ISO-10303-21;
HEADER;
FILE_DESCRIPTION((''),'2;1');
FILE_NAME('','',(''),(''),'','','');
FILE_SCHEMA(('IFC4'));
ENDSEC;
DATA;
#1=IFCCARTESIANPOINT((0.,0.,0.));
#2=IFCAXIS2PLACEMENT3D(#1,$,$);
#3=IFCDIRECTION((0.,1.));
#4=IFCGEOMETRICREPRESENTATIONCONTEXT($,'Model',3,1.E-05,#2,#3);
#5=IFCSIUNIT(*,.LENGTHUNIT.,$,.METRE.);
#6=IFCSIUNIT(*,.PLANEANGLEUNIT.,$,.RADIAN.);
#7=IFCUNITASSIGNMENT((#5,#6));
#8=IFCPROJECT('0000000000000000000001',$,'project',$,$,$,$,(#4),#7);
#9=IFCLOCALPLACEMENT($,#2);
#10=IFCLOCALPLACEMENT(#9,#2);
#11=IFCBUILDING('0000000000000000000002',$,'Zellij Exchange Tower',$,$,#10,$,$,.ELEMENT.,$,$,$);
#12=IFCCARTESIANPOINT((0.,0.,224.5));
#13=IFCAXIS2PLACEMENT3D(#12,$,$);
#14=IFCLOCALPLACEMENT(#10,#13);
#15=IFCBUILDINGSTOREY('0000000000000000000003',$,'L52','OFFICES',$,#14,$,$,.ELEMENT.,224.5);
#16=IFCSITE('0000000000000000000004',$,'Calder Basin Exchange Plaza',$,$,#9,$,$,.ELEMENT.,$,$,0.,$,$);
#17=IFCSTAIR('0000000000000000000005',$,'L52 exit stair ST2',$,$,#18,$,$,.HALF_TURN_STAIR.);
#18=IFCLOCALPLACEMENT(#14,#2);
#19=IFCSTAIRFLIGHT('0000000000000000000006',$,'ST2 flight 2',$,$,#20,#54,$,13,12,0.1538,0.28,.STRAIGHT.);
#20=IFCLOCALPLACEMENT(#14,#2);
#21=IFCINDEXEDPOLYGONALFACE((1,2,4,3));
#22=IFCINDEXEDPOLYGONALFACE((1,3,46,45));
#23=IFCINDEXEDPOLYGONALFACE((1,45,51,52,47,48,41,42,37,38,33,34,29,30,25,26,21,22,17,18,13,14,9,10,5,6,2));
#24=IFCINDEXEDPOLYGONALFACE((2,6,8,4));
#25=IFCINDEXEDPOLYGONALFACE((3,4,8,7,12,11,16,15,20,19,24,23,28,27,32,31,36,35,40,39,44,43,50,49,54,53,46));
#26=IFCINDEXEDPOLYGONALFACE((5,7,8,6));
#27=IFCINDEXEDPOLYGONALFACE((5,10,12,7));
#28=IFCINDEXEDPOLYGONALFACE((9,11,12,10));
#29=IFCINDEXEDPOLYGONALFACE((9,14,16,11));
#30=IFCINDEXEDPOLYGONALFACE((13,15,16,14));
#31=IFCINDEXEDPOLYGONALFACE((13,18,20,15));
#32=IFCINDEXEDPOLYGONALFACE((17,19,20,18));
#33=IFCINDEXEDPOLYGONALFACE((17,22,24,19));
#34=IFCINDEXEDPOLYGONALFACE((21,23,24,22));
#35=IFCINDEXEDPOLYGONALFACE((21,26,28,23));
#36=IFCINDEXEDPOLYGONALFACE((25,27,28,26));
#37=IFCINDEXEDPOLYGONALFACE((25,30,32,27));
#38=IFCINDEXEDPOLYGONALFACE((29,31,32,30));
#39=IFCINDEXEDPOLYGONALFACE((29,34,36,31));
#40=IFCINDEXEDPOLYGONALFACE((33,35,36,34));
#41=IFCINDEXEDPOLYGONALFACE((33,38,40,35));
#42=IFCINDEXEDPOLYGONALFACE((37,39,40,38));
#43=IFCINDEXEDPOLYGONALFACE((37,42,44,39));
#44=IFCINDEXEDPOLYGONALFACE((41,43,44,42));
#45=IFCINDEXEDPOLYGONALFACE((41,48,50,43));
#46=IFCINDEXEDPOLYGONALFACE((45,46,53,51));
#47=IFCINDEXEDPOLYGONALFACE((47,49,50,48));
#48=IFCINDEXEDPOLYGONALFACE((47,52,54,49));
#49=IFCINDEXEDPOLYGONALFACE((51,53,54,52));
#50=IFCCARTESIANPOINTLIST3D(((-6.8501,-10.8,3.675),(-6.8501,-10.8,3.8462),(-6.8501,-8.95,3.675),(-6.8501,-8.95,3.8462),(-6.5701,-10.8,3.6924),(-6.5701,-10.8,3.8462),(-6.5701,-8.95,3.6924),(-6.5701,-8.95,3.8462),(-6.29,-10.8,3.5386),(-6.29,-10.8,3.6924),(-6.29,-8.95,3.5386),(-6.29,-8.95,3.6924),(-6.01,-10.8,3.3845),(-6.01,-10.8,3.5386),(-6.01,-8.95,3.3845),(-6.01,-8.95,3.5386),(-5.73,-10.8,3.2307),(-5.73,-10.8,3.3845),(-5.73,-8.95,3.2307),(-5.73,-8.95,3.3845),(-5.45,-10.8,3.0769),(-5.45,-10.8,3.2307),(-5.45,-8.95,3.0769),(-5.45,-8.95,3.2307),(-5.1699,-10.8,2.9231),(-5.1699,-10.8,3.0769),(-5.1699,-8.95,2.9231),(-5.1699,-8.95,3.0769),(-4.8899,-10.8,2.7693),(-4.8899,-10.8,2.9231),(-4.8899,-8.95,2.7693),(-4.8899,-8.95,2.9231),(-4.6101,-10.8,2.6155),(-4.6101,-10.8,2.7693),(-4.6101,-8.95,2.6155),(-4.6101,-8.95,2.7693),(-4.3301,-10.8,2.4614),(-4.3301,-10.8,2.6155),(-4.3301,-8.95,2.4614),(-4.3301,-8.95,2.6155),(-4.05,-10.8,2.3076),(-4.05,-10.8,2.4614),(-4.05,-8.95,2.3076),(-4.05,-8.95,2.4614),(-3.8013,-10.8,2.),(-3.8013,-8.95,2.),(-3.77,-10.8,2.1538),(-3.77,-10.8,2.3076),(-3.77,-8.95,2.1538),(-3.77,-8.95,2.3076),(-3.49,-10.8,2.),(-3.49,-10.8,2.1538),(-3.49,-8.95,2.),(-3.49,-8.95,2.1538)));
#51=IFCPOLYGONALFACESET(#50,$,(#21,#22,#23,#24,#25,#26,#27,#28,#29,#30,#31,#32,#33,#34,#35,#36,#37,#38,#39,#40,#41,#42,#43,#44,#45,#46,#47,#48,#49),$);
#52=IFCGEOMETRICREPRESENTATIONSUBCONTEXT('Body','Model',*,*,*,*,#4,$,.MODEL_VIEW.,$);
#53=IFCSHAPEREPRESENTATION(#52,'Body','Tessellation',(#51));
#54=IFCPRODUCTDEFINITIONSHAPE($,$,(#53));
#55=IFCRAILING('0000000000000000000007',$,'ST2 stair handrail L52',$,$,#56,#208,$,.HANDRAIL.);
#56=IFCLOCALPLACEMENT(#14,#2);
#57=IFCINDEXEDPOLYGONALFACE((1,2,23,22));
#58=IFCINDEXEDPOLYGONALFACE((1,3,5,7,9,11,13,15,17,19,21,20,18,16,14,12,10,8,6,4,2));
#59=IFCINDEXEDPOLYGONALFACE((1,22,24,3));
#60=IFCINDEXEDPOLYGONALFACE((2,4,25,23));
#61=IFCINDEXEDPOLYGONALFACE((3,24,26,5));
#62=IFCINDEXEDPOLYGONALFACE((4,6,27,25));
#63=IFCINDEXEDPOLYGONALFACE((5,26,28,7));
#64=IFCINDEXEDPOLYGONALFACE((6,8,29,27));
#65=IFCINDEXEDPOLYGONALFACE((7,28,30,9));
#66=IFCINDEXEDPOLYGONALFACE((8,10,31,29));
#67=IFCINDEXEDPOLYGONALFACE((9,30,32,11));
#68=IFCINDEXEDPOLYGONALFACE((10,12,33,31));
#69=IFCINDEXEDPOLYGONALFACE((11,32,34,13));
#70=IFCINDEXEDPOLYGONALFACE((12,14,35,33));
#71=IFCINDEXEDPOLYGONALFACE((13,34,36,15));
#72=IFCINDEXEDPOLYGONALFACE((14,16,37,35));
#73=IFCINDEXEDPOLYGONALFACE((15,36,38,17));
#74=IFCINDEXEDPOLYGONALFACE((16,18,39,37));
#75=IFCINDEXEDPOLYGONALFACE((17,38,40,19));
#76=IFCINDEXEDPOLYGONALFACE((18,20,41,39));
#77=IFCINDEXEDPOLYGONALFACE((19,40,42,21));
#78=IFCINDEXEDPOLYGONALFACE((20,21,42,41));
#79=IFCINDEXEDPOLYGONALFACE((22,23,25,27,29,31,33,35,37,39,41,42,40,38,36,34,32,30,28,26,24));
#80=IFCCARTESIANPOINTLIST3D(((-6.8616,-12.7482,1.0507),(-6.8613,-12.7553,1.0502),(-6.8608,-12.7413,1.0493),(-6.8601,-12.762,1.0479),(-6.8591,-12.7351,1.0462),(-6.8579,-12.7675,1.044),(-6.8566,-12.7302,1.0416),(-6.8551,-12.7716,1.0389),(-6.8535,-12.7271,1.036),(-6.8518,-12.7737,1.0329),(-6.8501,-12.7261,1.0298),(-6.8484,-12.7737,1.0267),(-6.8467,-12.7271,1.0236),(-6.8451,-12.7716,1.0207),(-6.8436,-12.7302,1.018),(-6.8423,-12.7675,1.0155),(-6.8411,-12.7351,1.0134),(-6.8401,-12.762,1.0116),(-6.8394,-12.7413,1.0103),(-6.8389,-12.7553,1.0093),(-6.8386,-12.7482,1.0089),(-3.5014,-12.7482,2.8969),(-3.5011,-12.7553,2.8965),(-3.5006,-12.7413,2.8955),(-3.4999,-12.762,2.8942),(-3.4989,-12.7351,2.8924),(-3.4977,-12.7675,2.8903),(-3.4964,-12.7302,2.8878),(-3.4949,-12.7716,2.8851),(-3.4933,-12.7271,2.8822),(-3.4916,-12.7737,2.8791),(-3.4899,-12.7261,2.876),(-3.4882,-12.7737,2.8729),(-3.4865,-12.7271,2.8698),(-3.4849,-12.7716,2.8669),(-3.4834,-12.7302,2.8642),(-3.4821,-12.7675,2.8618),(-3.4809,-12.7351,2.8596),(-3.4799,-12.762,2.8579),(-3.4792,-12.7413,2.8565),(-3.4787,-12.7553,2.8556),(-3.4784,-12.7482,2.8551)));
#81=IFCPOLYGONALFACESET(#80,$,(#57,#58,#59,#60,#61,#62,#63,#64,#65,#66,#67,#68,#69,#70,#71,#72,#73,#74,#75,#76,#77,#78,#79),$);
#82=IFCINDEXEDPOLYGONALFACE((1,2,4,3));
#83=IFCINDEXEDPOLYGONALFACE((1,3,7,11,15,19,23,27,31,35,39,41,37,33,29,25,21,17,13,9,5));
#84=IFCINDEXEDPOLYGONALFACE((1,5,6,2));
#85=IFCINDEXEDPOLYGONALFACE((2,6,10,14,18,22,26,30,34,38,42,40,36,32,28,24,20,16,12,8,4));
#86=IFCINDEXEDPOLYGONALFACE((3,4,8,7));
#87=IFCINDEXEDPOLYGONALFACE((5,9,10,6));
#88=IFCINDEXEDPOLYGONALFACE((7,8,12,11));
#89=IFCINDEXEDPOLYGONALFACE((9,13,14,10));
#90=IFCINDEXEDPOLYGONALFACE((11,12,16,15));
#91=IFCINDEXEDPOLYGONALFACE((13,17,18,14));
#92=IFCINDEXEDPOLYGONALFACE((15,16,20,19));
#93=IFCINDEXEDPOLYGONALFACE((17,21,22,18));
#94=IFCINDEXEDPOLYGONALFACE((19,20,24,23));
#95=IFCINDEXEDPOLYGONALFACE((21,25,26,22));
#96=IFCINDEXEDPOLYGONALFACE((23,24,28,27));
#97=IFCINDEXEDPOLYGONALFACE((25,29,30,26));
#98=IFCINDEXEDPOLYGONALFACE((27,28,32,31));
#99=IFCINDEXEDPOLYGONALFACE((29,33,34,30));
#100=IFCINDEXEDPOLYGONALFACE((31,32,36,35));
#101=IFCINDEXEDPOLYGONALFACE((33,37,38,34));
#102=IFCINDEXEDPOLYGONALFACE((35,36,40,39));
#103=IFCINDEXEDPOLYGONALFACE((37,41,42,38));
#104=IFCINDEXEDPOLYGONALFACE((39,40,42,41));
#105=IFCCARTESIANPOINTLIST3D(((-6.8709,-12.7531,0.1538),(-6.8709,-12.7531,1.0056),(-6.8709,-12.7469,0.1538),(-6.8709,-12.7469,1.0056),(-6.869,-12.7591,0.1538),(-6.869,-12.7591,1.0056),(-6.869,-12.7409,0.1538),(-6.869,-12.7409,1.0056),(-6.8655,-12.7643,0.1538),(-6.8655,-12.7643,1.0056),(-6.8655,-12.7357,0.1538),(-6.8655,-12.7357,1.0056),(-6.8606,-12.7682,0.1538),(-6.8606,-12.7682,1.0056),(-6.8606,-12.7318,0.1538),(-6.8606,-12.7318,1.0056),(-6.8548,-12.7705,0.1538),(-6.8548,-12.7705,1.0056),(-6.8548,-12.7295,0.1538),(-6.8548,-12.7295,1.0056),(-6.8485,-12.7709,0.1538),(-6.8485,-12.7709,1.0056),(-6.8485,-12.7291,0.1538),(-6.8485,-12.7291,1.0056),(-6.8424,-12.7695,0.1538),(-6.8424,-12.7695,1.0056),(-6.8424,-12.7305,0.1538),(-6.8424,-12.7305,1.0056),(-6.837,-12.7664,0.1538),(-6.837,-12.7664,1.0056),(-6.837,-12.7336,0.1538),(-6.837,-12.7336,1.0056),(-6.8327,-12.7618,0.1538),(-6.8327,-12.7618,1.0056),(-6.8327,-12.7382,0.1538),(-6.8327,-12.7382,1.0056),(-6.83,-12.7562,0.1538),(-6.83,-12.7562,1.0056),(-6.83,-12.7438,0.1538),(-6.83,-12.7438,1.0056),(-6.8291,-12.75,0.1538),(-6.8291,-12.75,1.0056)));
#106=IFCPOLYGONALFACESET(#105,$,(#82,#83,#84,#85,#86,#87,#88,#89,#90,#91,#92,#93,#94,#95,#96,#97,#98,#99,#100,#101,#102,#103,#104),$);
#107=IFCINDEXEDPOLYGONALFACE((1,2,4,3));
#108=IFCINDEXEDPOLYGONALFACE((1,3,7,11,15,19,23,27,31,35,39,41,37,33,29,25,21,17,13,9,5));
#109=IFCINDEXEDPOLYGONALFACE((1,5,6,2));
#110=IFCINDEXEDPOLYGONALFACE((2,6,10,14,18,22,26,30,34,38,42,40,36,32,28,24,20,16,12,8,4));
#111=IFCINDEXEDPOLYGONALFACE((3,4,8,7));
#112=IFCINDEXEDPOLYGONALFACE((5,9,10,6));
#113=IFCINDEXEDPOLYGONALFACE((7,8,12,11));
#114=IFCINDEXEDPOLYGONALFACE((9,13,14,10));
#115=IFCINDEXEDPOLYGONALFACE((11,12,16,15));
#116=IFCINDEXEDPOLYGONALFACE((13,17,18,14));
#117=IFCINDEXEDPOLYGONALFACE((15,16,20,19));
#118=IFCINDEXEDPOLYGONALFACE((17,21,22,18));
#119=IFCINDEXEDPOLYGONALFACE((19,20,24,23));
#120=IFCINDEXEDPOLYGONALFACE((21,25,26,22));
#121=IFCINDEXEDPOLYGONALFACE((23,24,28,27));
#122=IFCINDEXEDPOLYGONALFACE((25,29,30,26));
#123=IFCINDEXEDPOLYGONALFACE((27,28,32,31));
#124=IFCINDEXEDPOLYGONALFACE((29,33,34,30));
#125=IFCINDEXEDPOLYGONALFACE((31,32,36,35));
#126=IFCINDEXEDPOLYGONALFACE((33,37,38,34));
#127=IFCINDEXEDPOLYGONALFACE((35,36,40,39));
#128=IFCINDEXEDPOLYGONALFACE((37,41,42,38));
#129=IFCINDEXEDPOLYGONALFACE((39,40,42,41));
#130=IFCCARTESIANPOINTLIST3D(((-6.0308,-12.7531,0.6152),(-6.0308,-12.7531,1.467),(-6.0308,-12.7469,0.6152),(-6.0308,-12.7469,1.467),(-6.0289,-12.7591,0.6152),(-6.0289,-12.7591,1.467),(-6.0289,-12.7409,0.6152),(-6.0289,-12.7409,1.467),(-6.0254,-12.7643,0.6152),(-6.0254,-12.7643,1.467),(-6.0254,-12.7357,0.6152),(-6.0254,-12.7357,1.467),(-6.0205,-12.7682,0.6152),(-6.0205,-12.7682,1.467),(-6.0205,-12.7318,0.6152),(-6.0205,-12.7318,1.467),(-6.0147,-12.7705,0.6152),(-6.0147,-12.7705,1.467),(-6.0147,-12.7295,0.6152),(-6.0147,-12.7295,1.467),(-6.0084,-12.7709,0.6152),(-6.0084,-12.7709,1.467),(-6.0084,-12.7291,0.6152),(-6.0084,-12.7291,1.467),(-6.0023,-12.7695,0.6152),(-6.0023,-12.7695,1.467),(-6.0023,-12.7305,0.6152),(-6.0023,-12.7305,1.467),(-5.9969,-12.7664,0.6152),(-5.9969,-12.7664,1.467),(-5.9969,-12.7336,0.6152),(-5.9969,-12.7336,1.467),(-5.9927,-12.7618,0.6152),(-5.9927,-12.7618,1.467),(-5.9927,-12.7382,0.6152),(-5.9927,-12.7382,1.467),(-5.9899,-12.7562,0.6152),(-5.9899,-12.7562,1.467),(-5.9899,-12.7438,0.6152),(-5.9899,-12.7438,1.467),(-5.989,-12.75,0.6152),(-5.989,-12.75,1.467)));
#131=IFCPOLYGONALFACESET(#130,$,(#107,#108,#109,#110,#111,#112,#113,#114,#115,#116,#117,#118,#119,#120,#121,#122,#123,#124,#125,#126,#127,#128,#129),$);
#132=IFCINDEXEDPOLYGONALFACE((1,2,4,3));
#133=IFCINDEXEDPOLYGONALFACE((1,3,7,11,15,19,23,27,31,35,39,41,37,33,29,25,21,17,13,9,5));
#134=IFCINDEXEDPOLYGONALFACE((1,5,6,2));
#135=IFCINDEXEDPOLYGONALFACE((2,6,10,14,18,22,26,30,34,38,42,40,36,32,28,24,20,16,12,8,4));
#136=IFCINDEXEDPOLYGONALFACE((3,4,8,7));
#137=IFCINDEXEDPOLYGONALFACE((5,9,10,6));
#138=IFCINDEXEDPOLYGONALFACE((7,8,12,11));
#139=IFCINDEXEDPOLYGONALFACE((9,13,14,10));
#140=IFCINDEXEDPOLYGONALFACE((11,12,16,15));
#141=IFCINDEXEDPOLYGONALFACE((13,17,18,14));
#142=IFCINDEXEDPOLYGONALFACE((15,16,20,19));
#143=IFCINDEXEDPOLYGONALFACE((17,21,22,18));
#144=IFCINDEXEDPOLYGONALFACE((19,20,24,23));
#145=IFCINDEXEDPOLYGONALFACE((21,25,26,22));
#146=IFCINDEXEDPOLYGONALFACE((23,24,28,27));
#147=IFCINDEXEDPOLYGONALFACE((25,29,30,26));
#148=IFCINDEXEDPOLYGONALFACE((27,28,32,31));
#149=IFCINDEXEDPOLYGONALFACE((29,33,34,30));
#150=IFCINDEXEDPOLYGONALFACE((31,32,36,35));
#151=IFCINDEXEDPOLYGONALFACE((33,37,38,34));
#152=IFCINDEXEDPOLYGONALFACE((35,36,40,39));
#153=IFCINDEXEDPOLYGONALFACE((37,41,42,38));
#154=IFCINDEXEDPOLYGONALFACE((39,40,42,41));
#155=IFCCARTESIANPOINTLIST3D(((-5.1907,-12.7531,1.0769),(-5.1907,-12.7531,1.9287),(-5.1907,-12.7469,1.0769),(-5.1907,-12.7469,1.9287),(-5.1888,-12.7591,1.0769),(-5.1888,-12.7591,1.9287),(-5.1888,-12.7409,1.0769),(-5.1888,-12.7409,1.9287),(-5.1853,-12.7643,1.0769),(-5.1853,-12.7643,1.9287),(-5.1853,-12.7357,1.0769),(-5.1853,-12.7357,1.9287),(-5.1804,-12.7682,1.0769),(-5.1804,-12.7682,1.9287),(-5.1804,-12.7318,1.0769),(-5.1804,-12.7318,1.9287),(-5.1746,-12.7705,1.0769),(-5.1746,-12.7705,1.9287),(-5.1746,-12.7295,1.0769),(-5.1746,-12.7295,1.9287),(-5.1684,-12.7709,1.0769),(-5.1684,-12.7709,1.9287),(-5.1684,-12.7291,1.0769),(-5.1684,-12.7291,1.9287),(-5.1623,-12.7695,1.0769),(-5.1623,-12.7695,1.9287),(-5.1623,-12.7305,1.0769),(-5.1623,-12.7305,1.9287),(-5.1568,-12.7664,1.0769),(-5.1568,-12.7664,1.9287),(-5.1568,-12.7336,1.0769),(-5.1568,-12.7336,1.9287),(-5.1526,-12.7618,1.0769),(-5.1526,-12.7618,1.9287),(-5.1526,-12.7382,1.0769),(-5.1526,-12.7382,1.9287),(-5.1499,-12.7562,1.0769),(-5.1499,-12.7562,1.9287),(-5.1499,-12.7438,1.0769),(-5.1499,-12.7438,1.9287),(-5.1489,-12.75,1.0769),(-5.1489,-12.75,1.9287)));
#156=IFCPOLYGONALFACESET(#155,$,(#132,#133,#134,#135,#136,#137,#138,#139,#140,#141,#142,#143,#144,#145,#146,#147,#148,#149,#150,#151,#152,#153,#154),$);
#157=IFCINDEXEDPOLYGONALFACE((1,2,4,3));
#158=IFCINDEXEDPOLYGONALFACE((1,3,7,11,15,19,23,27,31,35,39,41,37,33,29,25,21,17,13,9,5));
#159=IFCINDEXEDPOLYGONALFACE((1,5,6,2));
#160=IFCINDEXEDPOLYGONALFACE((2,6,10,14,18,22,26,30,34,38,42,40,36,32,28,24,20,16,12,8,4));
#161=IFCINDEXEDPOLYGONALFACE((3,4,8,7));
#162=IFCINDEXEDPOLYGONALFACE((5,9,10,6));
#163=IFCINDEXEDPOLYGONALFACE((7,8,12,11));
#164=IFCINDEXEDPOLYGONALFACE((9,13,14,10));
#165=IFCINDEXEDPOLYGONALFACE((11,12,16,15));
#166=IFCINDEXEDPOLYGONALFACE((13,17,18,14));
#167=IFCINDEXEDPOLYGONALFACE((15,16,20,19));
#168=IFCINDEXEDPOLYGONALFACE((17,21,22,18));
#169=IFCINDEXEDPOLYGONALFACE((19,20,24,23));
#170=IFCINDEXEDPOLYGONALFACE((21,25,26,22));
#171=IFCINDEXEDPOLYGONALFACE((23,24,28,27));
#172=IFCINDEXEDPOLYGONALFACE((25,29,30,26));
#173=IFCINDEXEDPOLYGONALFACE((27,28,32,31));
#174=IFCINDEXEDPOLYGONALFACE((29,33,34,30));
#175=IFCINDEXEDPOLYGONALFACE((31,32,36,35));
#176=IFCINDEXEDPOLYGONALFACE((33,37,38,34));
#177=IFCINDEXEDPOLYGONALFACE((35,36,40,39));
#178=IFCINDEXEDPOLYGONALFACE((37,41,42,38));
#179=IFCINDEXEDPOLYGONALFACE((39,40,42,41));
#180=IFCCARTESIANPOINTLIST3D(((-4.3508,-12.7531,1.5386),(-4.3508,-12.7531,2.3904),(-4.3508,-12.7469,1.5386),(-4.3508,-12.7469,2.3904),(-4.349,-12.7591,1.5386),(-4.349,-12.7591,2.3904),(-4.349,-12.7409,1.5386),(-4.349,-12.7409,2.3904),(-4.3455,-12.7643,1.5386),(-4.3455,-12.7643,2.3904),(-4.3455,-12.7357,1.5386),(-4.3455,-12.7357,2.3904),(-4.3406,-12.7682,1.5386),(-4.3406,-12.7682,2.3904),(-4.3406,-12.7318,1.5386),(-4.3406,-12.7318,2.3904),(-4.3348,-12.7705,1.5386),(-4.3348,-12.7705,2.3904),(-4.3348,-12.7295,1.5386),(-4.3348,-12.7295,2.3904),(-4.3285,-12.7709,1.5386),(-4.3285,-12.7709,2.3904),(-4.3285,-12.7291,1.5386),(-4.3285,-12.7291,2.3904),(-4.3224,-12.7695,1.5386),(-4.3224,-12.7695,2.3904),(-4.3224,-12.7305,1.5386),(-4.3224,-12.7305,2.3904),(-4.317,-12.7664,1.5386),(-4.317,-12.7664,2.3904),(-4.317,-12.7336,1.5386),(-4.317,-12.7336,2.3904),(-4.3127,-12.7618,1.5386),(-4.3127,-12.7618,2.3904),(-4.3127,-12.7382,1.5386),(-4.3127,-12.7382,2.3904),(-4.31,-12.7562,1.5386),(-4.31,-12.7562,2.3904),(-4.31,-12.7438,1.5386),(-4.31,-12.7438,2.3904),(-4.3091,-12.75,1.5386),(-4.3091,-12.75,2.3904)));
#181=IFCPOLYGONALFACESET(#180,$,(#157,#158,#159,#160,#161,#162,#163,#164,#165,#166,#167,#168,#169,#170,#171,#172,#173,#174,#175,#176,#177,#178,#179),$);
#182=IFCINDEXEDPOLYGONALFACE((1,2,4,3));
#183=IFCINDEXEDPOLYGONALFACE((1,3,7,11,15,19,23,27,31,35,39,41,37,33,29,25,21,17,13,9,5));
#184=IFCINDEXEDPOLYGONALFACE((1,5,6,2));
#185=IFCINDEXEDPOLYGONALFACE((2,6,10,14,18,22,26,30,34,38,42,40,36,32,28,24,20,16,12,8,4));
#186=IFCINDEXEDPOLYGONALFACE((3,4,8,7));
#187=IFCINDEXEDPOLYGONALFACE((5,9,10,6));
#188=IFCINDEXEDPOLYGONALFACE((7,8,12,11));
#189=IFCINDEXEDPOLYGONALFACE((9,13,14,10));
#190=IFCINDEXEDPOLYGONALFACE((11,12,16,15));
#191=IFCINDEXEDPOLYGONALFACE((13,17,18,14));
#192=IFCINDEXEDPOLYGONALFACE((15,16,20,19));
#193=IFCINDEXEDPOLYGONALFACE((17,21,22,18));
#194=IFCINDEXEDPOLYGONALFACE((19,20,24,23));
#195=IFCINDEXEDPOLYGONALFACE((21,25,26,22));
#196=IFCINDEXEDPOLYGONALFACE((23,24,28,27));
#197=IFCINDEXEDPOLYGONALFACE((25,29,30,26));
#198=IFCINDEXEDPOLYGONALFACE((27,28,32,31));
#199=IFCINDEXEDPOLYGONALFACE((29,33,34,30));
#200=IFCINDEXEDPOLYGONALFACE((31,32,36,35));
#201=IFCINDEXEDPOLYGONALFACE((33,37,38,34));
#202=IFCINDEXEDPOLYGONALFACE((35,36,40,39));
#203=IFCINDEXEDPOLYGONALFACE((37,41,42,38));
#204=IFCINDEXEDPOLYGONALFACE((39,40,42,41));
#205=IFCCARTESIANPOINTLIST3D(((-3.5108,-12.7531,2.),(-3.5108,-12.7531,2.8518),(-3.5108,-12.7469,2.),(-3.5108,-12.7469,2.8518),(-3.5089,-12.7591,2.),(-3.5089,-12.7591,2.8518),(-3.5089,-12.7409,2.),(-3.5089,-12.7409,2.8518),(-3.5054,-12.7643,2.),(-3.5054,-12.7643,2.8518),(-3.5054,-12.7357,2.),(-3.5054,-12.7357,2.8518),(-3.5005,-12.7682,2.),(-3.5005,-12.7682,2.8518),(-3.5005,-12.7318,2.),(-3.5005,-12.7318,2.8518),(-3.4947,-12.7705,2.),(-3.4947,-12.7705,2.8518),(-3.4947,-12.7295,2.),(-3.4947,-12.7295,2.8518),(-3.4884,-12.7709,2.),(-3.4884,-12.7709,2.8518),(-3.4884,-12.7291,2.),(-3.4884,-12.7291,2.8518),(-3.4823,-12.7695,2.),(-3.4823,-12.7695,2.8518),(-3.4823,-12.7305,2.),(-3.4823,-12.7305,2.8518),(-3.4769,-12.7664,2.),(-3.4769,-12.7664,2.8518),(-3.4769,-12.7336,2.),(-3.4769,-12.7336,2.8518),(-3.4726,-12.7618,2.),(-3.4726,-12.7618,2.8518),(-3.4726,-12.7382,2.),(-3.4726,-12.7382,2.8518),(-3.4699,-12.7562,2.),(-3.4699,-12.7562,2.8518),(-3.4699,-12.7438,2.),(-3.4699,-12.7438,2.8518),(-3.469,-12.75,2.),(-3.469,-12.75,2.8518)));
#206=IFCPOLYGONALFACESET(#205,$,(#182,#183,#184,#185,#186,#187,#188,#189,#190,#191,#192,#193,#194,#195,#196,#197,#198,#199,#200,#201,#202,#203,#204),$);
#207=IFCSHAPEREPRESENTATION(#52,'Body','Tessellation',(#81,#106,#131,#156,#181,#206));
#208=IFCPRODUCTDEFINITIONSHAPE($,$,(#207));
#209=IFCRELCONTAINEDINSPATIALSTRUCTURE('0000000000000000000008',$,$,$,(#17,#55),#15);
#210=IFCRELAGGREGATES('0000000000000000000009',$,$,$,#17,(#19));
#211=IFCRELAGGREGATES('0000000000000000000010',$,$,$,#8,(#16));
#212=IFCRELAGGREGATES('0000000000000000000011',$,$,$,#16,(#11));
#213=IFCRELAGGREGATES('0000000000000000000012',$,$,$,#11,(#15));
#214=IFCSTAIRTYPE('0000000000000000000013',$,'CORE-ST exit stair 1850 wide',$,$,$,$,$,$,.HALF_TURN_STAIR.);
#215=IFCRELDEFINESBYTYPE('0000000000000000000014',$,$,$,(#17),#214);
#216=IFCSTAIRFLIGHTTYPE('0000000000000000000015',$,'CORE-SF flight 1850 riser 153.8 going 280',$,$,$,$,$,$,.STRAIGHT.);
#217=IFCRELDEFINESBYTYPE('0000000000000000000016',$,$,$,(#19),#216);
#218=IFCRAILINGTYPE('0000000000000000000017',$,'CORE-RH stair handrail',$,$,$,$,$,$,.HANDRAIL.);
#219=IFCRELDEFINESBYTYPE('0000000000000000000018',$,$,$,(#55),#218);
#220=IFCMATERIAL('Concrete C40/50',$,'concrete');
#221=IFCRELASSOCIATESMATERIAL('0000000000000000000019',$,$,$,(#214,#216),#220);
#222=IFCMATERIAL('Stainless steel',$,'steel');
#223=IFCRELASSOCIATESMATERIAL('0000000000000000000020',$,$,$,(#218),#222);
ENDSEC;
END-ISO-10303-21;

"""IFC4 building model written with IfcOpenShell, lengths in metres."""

from ifc_helpers import new_model, si_unit, direction, frame, origin, origin_2d, place, context, subcontext, project, spatial, polyline, circle, outline, extrude, material, type_object, element, aggregate, save


model = new_model("IFC4")

# Units and contexts
model_context = context("Model", 3, precision=1e-05, world=origin(), true_north=direction((0.0, 1.0)))
body_context = subcontext(model_context, "Body", "Model", "MODEL_VIEW")
ifc_project = project(units=[si_unit("LENGTHUNIT", "METRE"), si_unit("PLANEANGLEUNIT", "RADIAN")], contexts=[model_context])

# Site, building, storey
site_placement = place(None, origin())
site = spatial("IfcSite", under=ifc_project, at=site_placement, Name="Calder Basin Exchange Plaza", CompositionType="ELEMENT", RefElevation=0.0)
building_placement = place(site_placement, origin())
building = spatial("IfcBuilding", under=site, at=building_placement, Name="Zellij Exchange Tower", CompositionType="ELEMENT")
storey_placement = place(building_placement, frame((0.0, 0.0, 224.5)))
storey = spatial("IfcBuildingStorey", under=building, at=storey_placement, Name="L52", Description="OFFICES", CompositionType="ELEMENT", Elevation=224.5)

# Shared definitions
ifc_material_1 = material(Name="Concrete C40/50", Category="concrete")

# Stair, stair flight
stair_type = type_object("IfcStairType", Name="CORE-ST exit stair 1850 wide", PredefinedType="HALF_TURN_STAIR", material=ifc_material_1)
stair_placement = place(storey_placement, origin())
stair = element("IfcStair", 1, at=stair_placement, inside=storey, type_object=stair_type, Name="L52 exit stair ST2", PredefinedType="HALF_TURN_STAIR")
stair_flight_type = type_object("IfcStairFlightType", Name="CORE-SF flight 1850 riser 153.8 going 280", PredefinedType="STRAIGHT", material=ifc_material_1)
stair_flight_1_placement = place(storey_placement, frame((-3.49, -9.875, 2.0), z_axis=(0.0, 0.0, 1.0), x_axis=(-1.0, 0.0, 0.0)))
stair_flight_1 = element("IfcStairFlight", 2, at=stair_flight_1_placement, type_object=stair_flight_type, Name="ST2 flight 2", NumberOfRisers=13, NumberOfTreads=12, PredefinedType="STRAIGHT", RiserHeight=0.1538, TreadLength=0.28, context=body_context, shape_type="SweptSolid", body=[
    extrude(outline(polyline([(0.0, 0.0), (0.0, 0.1538), (0.28, 0.1538), (0.28, 0.3076), (0.5601, 0.3076), (0.5601, 0.4614), (0.8401, 0.4614), (0.8401, 0.6155), (1.1201, 0.6155), (1.1201, 0.7693), (1.3999, 0.7693), (1.3999, 0.9231), (1.6799, 0.9231), (1.6799, 1.0769), (1.96, 1.0769), (1.96, 1.2307), (2.24, 1.2307), (2.24, 1.3845), (2.52, 1.3845), (2.52, 1.5386), (2.8, 1.5386), (2.8, 1.6924), (3.0801, 1.6924), (3.0801, 1.8462), (3.3601, 1.8462), (3.3601, 2.0), (3.3601, 1.675), (0.3113, 0.0), (0.0, 0.0)])), frame((0.0, 0.925, 0.0), z_axis=(0.0, -1.0, 0.0), x_axis=(1.0, 0.0, 0.0)), (0.0, 0.0, 1.0), 1.8501),
])
aggregate(stair, [stair_flight_1])

# Railing
ifc_material_2 = material(Name="Stainless steel", Category="steel")
railing_type_1 = type_object("IfcRailingType", Name="CORE-RH stair handrail", PredefinedType="HANDRAIL", material=ifc_material_2)
railing_1_placement = place(storey_placement, frame((-6.8501, -12.75, 0.1538)))
element("IfcRailing", 3, at=railing_1_placement, inside=storey, type_object=railing_type_1, Name="ST2 stair handrail L52", PredefinedType="HANDRAIL", context=body_context, shape_type="SweptSolid", body=[
    extrude(circle(Radius=0.0239, at=origin_2d()), frame((0.0, 0.0, 0.876), z_axis=(0.876422, 0.0, 0.481545), x_axis=(0.0, 1.0, 0.0)), (0.0, 0.0, 1.0), 3.834),
    extrude(circle(Radius=0.021, at=origin_2d()), origin(), (0.0, 0.0, 1.0), 0.8518),
    extrude(circle(Radius=0.021, at=origin_2d()), frame((0.8401, 0.0, 0.4614)), (0.0, 0.0, 1.0), 0.8518),
    extrude(circle(Radius=0.021, at=origin_2d()), frame((1.6802, 0.0, 0.9231)), (0.0, 0.0, 1.0), 0.8518),
    extrude(circle(Radius=0.021, at=origin_2d()), frame((2.52, 0.0, 1.3848)), (0.0, 0.0, 1.0), 0.8518),
    extrude(circle(Radius=0.021, at=origin_2d()), frame((3.3601, 0.0, 1.8462)), (0.0, 0.0, 1.0), 0.8518),
])

save(model, "model.ifc")
